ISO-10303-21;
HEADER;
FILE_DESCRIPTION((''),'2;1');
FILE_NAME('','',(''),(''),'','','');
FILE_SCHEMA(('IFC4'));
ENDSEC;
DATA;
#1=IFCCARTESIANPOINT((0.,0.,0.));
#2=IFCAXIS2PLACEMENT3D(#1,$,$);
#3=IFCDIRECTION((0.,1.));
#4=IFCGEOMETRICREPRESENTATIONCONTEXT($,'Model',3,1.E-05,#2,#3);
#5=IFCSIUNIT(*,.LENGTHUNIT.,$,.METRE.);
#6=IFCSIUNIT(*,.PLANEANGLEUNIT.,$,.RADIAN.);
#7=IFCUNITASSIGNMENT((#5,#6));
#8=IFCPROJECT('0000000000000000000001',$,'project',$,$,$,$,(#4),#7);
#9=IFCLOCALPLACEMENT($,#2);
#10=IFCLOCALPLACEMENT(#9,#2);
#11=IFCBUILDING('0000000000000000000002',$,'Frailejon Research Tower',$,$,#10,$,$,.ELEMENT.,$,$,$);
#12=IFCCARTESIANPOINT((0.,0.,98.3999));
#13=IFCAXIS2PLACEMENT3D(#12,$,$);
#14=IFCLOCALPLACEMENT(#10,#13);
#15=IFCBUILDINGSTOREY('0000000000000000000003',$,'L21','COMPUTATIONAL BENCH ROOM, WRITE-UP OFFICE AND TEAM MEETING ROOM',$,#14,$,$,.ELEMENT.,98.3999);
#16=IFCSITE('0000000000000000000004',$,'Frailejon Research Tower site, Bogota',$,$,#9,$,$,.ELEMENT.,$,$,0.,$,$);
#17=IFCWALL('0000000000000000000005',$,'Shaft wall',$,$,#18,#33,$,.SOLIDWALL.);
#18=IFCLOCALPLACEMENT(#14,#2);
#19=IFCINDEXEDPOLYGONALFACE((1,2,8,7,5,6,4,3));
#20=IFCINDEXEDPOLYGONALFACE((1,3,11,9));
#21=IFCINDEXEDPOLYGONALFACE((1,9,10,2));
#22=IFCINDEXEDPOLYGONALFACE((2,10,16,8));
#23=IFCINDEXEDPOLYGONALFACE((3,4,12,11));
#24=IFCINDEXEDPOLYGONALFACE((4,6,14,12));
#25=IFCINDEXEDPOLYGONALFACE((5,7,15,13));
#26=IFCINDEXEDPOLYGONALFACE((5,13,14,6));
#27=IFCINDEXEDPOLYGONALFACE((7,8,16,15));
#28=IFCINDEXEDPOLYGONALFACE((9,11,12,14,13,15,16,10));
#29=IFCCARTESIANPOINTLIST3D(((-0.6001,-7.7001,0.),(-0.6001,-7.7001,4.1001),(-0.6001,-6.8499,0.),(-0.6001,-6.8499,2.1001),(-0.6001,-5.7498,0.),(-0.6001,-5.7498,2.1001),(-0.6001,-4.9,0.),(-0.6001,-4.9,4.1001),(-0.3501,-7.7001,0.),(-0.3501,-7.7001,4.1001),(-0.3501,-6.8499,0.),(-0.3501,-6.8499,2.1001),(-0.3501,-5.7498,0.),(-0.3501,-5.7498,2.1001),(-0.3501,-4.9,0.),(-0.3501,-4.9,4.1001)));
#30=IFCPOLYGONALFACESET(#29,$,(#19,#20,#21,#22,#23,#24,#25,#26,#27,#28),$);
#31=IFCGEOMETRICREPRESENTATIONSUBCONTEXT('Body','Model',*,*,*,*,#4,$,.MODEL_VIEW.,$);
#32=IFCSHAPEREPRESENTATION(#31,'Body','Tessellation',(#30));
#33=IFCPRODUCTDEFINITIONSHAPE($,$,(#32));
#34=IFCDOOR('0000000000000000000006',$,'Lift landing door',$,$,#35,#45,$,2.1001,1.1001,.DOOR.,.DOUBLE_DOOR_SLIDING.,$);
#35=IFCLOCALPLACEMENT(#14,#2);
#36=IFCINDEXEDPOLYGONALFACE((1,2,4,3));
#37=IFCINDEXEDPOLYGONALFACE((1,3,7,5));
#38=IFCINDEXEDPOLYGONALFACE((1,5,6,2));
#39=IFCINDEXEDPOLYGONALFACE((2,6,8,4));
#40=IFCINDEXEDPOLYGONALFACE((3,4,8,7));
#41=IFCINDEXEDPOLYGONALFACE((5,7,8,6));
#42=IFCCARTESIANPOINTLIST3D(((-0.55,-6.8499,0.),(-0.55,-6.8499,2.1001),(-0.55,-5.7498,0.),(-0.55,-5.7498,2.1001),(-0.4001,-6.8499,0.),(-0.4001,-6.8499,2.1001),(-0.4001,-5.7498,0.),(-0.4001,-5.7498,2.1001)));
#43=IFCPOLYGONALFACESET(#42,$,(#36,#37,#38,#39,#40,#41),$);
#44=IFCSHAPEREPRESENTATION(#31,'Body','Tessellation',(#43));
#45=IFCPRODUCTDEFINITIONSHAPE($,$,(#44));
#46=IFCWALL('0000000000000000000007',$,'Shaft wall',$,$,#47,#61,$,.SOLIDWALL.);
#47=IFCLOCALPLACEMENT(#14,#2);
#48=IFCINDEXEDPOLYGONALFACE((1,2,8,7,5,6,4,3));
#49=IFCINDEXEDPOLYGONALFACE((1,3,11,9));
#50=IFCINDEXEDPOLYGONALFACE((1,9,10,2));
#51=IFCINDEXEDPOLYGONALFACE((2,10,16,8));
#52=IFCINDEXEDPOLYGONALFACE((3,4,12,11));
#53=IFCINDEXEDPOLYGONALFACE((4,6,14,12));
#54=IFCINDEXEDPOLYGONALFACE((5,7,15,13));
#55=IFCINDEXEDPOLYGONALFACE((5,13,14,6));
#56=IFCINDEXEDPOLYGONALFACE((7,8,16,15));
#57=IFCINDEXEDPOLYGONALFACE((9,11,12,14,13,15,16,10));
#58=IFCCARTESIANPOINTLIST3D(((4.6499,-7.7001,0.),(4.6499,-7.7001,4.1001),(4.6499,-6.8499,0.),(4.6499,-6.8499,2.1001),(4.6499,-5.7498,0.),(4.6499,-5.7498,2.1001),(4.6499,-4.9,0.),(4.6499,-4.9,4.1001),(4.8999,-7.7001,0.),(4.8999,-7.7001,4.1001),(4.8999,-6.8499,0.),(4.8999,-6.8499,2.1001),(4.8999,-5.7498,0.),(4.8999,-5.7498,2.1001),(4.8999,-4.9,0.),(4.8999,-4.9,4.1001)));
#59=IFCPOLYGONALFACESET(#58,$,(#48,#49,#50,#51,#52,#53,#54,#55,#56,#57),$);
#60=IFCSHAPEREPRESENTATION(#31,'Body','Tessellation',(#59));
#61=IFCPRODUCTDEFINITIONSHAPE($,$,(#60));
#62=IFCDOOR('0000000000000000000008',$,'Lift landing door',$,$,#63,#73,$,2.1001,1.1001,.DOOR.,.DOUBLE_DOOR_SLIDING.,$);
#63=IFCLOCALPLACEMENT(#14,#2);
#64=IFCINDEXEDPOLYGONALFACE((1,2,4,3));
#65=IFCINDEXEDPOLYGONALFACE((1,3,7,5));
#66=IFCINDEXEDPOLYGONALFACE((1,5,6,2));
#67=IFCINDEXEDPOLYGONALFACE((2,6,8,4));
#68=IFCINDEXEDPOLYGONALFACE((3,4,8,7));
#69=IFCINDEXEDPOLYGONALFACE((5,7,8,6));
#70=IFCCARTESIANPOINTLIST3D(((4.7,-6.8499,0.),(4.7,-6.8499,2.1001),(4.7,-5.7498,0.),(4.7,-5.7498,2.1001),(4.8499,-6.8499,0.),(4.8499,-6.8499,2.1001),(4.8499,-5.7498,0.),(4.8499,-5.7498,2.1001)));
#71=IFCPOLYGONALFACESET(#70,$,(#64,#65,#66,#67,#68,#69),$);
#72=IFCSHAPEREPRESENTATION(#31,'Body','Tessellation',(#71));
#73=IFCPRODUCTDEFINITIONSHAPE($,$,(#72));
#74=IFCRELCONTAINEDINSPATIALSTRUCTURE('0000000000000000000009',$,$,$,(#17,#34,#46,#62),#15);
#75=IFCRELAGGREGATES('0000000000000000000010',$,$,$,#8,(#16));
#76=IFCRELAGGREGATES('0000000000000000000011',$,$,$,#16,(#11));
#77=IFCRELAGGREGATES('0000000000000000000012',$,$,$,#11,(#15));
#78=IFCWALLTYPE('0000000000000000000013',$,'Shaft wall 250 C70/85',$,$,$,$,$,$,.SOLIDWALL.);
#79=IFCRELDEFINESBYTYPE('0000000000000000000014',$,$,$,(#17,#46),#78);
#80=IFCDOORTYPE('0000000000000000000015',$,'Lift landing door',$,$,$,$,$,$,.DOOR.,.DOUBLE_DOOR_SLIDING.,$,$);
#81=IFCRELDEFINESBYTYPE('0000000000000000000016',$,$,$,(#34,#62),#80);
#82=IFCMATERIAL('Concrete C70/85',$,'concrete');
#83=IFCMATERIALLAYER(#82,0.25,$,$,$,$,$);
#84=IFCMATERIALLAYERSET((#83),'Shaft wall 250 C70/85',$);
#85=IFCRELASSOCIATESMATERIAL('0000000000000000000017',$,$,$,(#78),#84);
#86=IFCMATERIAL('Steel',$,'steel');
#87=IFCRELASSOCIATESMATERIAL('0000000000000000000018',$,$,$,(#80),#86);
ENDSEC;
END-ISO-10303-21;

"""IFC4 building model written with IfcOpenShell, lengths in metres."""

from ifc_helpers import new_model, si_unit, direction, frame, frame_2d, origin, place, context, subcontext, project, spatial, rectangle, extrude, material, layer, layer_set, type_object, element, fill, save


model = new_model("IFC4")

# Units and contexts
model_context = context("Model", 3, precision=1e-05, world=origin(), true_north=direction((0.0, 1.0)))
body_context = subcontext(model_context, "Body", "Model", "MODEL_VIEW")
ifc_project = project(units=[si_unit("LENGTHUNIT", "METRE"), si_unit("PLANEANGLEUNIT", "RADIAN")], contexts=[model_context])

# Site, building, storey
site_placement = place(None, origin())
site = spatial("IfcSite", under=ifc_project, at=site_placement, Name="Frailejon Research Tower site, Bogota", CompositionType="ELEMENT", RefElevation=0.0)
building_placement = place(site_placement, origin())
building = spatial("IfcBuilding", under=site, at=building_placement, Name="Frailejon Research Tower", CompositionType="ELEMENT")
storey_placement = place(building_placement, frame((0.0, 0.0, 98.3999)))
storey = spatial("IfcBuildingStorey", under=building, at=storey_placement, Name="L21", Description="COMPUTATIONAL BENCH ROOM, WRITE-UP OFFICE AND TEAM MEETING ROOM", CompositionType="ELEMENT", Elevation=98.3999)

# Walls, openings, doors
ifc_material_1 = material(Name="Concrete C70/85", Category="concrete")
ifc_layer_1 = layer(ifc_material_1, 0.25)
ifc_layer_set_1 = layer_set([ifc_layer_1], Name="Shaft wall 250 C70/85")
wall_type_1 = type_object("IfcWallType", Name="Shaft wall 250 C70/85", PredefinedType="SOLIDWALL", material=ifc_layer_set_1)
wall_1_placement = place(storey_placement, frame((-0.4751, -7.7, 0.0), z_axis=(0.0, 0.0, 1.0), x_axis=(0.0, 1.0, 0.0)))
wall_1 = element("IfcWall", 1, at=wall_1_placement, inside=storey, type_object=wall_type_1, Name="Shaft wall", PredefinedType="SOLIDWALL", context=body_context, shape_type="SweptSolid", body=[
    extrude(rectangle(XDim=2.8, YDim=0.25, at=frame_2d((1.3999, 0.0))), origin(), (0.0, 0.0, 1.0), 4.1001),
])
opening_1_placement = place(wall_1_placement, frame((0.8501, 0.0, 0.0)))
opening_1 = element("IfcOpeningElement", 2, at=opening_1_placement, cuts=wall_1, PredefinedType="OPENING", context=body_context, shape_type="SweptSolid", body=[
    extrude(rectangle(XDim=1.1001, YDim=2.1001, at=frame_2d((0.55, 1.05))), frame((0.0, 0.135, 0.0), z_axis=(0.0, -1.0, 0.0), x_axis=(1.0, 0.0, 0.0)), (0.0, 0.0, 1.0), 0.27),
])
ifc_material_2 = material(Name="Steel", Category="steel")
door_type_1 = type_object("IfcDoorType", Name="Lift landing door", OperationType="DOUBLE_DOOR_SLIDING", PredefinedType="DOOR", material=ifc_material_2)
door_1_placement = place(opening_1_placement, origin())
door_1 = element("IfcDoor", 3, at=door_1_placement, inside=storey, type_object=door_type_1, Name="Lift landing door", OperationType="DOUBLE_DOOR_SLIDING", OverallHeight=2.1001, OverallWidth=1.1001, PredefinedType="DOOR", context=body_context, shape_type="SweptSolid", body=[
    extrude(rectangle(XDim=1.1001, YDim=2.1001, at=frame_2d((0.55, 1.05))), frame((0.0, 0.075, 0.0), z_axis=(0.0, -1.0, 0.0), x_axis=(1.0, 0.0, 0.0)), (0.0, 0.0, 1.0), 0.1499),
])
fill(opening_1, door_1)
wall_2_placement = place(storey_placement, frame((4.7749, -7.7, 0.0), z_axis=(0.0, 0.0, 1.0), x_axis=(0.0, 1.0, 0.0)))
wall_2 = element("IfcWall", 4, at=wall_2_placement, inside=storey, type_object=wall_type_1, Name="Shaft wall", PredefinedType="SOLIDWALL", context=body_context, shape_type="SweptSolid", body=[
    extrude(rectangle(XDim=2.8, YDim=0.25, at=frame_2d((1.3999, 0.0))), origin(), (0.0, 0.0, 1.0), 4.1001),
])
opening_2_placement = place(wall_2_placement, frame((0.8501, 0.0, 0.0)))
opening_2 = element("IfcOpeningElement", 5, at=opening_2_placement, cuts=wall_2, PredefinedType="OPENING", context=body_context, shape_type="SweptSolid", body=[
    extrude(rectangle(XDim=1.1001, YDim=2.1001, at=frame_2d((0.55, 1.05))), frame((0.0, 0.135, 0.0), z_axis=(0.0, -1.0, 0.0), x_axis=(1.0, 0.0, 0.0)), (0.0, 0.0, 1.0), 0.27),
])
door_2_placement = place(opening_2_placement, origin())
door_2 = element("IfcDoor", 6, at=door_2_placement, inside=storey, type_object=door_type_1, Name="Lift landing door", OperationType="DOUBLE_DOOR_SLIDING", OverallHeight=2.1001, OverallWidth=1.1001, PredefinedType="DOOR", context=body_context, shape_type="SweptSolid", body=[
    extrude(rectangle(XDim=1.1001, YDim=2.1001, at=frame_2d((0.55, 1.05))), frame((0.0, 0.075, 0.0), z_axis=(0.0, -1.0, 0.0), x_axis=(1.0, 0.0, 0.0)), (0.0, 0.0, 1.0), 0.1499),
])
fill(opening_2, door_2)

save(model, "model.ifc")
